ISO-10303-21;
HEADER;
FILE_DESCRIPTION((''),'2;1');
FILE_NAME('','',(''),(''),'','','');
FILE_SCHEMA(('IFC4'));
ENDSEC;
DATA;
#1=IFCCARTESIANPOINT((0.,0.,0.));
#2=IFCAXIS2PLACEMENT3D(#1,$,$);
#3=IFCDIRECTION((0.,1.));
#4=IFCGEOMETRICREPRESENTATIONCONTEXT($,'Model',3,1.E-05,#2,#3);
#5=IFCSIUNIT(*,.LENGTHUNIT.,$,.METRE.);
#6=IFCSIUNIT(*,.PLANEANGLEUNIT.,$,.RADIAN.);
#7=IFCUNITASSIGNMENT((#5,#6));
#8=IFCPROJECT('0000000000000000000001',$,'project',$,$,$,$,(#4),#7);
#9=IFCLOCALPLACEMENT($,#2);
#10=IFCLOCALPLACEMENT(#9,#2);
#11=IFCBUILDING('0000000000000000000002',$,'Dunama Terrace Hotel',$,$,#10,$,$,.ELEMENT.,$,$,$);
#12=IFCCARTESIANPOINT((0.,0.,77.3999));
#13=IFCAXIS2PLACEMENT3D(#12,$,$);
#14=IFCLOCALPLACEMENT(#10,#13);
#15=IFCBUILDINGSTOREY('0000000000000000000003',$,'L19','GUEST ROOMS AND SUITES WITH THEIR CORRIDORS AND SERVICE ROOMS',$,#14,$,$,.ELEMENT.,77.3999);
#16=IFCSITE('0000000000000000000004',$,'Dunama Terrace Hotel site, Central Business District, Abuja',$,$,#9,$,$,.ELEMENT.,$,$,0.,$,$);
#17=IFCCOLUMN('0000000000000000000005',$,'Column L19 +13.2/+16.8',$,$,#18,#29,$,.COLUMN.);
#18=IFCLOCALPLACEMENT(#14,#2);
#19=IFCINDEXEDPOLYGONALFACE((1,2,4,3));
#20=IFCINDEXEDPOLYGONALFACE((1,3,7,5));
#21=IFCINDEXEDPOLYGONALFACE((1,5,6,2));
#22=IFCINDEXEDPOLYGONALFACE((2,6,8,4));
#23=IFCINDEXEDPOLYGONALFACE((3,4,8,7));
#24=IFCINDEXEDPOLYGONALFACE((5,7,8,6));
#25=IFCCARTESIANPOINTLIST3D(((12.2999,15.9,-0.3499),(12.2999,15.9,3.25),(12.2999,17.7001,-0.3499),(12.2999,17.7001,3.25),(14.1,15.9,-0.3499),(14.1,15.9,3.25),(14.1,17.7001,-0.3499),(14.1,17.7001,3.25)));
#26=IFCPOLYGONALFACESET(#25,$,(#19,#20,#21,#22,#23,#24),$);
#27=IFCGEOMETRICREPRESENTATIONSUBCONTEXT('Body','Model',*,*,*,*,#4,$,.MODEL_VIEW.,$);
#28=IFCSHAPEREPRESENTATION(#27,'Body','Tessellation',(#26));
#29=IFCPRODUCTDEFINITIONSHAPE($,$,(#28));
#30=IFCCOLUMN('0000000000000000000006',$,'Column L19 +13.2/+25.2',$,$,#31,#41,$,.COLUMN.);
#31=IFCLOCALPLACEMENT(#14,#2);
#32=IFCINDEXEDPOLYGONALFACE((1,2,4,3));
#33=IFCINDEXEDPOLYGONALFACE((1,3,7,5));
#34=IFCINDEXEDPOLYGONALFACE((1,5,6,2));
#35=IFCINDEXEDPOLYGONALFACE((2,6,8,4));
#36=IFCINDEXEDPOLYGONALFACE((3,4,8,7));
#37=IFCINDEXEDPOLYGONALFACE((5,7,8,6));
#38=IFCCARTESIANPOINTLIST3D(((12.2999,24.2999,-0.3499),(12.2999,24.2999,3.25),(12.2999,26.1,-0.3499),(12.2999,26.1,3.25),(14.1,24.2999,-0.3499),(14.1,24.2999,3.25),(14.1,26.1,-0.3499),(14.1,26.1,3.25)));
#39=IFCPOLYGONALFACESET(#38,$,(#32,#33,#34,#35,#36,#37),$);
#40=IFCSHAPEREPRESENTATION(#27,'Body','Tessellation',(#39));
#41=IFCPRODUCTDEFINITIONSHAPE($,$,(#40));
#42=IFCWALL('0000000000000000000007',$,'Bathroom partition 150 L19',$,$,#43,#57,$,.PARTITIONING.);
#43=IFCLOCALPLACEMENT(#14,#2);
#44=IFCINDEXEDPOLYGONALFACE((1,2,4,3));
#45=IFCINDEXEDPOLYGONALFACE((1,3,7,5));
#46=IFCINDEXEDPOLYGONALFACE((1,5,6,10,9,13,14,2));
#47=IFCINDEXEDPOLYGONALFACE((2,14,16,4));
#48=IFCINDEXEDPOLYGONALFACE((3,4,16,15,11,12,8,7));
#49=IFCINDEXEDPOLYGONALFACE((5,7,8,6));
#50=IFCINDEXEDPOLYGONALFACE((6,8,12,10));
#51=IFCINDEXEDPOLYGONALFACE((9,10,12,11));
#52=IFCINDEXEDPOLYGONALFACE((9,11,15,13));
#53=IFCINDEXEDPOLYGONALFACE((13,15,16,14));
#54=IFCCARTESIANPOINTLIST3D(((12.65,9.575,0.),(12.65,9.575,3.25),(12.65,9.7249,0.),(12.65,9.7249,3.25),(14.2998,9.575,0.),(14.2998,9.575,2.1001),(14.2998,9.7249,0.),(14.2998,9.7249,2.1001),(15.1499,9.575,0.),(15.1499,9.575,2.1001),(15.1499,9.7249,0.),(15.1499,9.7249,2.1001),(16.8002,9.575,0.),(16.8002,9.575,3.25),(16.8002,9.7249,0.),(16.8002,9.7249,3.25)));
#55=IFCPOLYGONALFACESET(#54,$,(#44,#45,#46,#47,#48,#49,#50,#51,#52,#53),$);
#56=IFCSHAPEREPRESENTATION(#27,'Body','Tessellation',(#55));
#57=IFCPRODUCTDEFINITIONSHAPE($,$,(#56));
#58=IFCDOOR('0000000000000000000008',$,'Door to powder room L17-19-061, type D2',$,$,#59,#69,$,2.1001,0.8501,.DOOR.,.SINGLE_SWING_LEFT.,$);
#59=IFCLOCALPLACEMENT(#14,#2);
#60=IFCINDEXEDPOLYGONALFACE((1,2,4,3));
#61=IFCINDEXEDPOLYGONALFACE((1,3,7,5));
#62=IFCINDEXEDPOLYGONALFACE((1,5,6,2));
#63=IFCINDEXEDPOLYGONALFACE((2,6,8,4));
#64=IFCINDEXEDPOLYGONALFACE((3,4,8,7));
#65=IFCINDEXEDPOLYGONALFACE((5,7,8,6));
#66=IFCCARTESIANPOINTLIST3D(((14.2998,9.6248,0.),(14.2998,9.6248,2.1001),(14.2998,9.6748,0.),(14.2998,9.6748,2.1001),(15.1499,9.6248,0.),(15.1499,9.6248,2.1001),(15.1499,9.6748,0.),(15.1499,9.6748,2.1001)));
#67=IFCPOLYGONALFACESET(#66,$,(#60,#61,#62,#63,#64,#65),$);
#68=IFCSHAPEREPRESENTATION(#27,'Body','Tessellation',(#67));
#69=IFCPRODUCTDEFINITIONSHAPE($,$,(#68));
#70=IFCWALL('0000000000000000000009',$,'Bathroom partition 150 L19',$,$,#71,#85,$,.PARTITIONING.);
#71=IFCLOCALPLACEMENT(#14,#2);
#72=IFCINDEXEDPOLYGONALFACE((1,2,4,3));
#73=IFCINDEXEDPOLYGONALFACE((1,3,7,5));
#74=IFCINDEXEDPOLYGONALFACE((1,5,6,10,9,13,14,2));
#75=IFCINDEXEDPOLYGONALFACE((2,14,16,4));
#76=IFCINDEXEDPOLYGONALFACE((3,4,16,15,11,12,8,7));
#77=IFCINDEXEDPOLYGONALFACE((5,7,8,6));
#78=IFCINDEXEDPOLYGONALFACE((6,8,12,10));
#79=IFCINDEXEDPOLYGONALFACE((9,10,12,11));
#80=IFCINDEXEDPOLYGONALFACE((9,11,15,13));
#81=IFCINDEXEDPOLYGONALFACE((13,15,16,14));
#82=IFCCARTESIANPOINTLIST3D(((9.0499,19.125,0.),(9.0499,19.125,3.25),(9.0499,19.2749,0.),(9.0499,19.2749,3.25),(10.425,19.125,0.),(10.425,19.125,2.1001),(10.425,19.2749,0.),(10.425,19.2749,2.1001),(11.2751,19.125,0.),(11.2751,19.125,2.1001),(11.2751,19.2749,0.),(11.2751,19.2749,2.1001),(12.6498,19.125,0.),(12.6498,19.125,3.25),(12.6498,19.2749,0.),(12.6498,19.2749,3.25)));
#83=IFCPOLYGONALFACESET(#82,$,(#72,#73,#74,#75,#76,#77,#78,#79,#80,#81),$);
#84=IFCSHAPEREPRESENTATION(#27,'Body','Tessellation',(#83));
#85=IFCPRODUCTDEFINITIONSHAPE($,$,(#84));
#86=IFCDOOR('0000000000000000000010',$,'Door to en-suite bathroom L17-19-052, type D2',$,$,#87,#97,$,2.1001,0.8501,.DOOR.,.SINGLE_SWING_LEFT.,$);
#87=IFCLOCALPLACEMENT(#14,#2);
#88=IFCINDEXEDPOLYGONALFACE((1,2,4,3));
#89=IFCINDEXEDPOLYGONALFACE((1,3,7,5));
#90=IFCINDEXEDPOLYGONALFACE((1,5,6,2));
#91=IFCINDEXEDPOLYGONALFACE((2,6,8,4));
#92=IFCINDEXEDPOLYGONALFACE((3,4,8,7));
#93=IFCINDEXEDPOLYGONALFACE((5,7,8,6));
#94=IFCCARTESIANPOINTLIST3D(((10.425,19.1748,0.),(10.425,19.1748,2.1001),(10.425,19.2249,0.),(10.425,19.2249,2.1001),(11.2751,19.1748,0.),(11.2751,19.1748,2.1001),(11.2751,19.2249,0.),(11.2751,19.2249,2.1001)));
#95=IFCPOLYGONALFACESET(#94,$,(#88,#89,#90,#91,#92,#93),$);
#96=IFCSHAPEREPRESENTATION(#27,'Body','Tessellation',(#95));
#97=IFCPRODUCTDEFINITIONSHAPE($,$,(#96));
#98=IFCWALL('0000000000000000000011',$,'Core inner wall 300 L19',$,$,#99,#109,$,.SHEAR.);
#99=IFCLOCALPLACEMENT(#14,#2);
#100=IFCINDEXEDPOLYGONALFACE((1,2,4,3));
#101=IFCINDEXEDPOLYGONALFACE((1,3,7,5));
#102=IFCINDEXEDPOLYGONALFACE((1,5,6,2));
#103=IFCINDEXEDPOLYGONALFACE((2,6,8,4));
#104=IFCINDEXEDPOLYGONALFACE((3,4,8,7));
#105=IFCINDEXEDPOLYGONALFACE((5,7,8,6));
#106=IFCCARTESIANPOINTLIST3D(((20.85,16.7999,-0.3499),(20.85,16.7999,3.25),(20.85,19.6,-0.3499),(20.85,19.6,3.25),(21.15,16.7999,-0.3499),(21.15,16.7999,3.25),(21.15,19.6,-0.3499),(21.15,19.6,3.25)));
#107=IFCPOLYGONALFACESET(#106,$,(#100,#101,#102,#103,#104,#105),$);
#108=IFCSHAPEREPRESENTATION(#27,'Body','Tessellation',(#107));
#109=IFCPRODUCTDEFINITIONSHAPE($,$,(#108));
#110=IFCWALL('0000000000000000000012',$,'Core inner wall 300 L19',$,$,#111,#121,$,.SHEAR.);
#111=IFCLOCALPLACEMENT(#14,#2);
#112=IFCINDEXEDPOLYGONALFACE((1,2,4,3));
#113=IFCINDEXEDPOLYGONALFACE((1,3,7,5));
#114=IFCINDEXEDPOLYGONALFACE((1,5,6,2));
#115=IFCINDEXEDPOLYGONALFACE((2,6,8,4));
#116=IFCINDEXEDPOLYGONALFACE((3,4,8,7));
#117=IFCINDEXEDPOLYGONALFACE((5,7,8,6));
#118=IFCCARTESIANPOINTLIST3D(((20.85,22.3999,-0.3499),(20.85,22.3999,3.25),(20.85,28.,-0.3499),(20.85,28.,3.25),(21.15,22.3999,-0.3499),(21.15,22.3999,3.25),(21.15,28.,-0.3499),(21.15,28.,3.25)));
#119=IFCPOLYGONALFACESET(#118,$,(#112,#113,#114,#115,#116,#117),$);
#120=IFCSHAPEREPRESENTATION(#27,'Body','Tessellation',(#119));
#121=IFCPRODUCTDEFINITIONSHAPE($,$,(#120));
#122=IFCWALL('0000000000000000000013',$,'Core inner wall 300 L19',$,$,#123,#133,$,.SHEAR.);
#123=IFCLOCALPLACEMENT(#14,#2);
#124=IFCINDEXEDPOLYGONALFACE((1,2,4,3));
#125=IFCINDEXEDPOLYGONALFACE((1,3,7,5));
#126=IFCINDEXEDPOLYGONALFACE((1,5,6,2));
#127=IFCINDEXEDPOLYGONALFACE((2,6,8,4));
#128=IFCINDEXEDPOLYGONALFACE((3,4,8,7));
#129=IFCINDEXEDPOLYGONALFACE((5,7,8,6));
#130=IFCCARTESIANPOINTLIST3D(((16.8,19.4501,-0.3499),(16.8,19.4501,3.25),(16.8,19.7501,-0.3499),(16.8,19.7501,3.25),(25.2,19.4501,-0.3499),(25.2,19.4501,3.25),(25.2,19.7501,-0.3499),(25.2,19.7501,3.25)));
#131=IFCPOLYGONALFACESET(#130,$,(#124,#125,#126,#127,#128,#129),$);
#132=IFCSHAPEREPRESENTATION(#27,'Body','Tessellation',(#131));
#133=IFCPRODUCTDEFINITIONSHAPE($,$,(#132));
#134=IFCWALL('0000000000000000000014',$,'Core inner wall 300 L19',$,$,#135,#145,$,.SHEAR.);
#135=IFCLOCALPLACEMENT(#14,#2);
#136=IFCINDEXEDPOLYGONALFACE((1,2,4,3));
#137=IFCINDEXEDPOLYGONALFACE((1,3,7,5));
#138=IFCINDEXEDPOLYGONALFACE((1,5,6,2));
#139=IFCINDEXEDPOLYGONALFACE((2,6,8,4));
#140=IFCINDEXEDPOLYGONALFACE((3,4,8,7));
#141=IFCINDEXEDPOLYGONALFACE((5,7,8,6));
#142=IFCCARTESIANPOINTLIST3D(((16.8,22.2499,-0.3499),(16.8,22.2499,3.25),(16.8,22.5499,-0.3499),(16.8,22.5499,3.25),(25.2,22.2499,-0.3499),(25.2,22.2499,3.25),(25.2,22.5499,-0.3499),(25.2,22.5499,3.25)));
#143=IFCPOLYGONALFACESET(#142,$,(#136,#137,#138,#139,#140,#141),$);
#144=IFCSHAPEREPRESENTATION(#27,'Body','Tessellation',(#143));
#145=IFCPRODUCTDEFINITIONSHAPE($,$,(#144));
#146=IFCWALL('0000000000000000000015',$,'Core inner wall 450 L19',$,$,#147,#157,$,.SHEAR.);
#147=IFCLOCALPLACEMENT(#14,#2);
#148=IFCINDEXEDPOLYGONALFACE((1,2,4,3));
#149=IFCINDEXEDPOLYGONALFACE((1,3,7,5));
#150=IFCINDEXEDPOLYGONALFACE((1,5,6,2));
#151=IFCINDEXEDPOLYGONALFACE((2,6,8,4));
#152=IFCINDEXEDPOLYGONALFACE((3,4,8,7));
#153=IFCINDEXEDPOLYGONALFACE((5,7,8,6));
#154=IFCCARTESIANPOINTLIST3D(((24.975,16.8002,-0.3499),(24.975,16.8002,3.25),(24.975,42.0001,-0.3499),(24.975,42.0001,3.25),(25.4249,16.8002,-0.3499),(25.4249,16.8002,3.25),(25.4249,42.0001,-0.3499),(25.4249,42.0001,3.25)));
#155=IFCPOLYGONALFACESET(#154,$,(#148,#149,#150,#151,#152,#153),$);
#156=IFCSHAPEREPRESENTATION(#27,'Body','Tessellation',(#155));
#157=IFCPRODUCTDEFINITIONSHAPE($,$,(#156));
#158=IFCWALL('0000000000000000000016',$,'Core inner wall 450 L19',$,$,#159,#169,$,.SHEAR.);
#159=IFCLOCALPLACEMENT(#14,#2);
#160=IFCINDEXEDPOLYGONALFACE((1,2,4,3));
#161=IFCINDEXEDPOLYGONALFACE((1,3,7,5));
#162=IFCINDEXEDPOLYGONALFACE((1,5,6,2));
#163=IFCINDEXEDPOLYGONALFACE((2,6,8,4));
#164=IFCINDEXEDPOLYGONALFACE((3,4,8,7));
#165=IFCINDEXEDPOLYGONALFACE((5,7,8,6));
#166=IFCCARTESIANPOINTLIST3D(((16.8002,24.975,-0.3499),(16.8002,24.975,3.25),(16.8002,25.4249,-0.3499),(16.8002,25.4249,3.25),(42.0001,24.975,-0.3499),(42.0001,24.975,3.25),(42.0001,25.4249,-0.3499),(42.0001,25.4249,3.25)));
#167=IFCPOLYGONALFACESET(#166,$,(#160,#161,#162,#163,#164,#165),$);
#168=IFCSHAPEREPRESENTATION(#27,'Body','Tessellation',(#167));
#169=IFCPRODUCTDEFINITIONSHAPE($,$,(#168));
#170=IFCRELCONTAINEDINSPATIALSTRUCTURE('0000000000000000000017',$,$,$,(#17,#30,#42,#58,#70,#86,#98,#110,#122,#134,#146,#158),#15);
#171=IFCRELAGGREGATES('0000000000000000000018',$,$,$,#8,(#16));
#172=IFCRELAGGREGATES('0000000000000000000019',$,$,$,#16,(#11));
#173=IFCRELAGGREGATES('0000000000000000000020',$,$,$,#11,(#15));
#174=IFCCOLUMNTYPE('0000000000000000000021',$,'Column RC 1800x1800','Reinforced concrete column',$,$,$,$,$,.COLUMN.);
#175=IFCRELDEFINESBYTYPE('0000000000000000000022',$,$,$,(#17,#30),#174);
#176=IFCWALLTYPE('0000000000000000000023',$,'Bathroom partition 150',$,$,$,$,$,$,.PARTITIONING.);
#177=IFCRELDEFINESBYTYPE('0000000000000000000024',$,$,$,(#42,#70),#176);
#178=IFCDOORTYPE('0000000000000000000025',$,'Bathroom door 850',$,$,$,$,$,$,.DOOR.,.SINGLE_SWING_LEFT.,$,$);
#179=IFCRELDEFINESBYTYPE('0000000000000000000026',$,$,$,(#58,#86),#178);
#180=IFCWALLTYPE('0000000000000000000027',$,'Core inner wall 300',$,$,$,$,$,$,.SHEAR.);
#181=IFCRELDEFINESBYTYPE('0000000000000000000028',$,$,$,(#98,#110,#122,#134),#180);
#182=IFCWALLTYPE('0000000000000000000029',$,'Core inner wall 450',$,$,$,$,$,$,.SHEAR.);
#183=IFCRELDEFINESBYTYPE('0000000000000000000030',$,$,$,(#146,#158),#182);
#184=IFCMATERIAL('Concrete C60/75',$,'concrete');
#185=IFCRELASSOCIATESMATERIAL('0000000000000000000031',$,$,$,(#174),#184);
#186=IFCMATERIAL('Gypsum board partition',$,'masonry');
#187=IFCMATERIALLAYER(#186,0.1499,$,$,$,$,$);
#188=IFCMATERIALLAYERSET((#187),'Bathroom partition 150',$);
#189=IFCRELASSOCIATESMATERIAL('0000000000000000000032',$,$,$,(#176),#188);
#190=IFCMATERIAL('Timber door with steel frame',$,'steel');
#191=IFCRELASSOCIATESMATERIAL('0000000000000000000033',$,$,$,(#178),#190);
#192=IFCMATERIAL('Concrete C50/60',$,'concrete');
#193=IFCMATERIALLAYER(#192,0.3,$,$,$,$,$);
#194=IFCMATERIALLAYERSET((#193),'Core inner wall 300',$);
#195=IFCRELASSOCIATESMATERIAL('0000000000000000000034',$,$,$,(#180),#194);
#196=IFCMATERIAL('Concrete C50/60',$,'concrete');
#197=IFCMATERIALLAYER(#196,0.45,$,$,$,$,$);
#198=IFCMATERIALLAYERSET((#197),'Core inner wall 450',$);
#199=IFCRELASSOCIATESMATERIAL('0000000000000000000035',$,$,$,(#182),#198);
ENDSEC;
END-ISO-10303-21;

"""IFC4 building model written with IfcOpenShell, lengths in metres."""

from ifc_helpers import new_model, si_unit, direction, frame, frame_2d, origin, origin_2d, place, context, subcontext, project, spatial, rectangle, extrude, material, layer, layer_set, material_profile, profile_set, type_object, element, fill, save


model = new_model("IFC4")

# Units and contexts
model_context = context("Model", 3, precision=1e-05, world=origin(), true_north=direction((0.0, 1.0)))
body_context = subcontext(model_context, "Body", "Model", "MODEL_VIEW")
ifc_project = project(units=[si_unit("LENGTHUNIT", "METRE"), si_unit("PLANEANGLEUNIT", "RADIAN")], contexts=[model_context])

# Site, building, storey
site_placement = place(None, origin())
site = spatial("IfcSite", under=ifc_project, at=site_placement, Name="Dunama Terrace Hotel site, Central Business District, Abuja", CompositionType="ELEMENT", RefElevation=0.0)
building_placement = place(site_placement, origin())
building = spatial("IfcBuilding", under=site, at=building_placement, Name="Dunama Terrace Hotel", CompositionType="ELEMENT")
storey_placement = place(building_placement, frame((0.0, 0.0, 77.3999)))
storey = spatial("IfcBuildingStorey", under=building, at=storey_placement, Name="L19", Description="GUEST ROOMS AND SUITES WITH THEIR CORRIDORS AND SERVICE ROOMS", CompositionType="ELEMENT", Elevation=77.3999)

# Columns
ifc_material_1 = material(Name="Concrete C60/75", Category="concrete")
ifc_material_profile = material_profile(ifc_material_1, rectangle(XDim=1.8, YDim=1.8, at=origin_2d()), Name="RC 1800x1800")
ifc_profile_set = profile_set([ifc_material_profile], Name="Concrete C60/75")
column_type = type_object("IfcColumnType", Name="Column RC 1800x1800", Description="Reinforced concrete column", PredefinedType="COLUMN", material=ifc_profile_set)
for number, where, z_axis, x_axis, name in (
    (1, (13.2, 16.8, -0.3499), (0.0, 0.0, 1.0), (1.0, 0.0, 0.0), "Column L19 +13.2/+16.8"),
    (2, (13.2, 25.2, -0.3499), (0.0, 0.0, 1.0), (1.0, 0.0, 0.0), "Column L19 +13.2/+25.2"),
):
    element("IfcColumn", number, at=place(storey_placement, frame(where, z_axis=z_axis, x_axis=x_axis)), inside=storey, type_object=column_type, Name=name, PredefinedType="COLUMN", context=body_context, shape_type="SweptSolid", body=[
        extrude(rectangle(XDim=1.8, YDim=1.8, at=origin_2d()), origin(), (0.0, 0.0, 1.0), 3.5999),
    ])

# Walls, openings, doors
ifc_material_2 = material(Name="Gypsum board partition", Category="masonry")
ifc_layer_1 = layer(ifc_material_2, 0.1499)
ifc_layer_set_1 = layer_set([ifc_layer_1], Name="Bathroom partition 150")
wall_type_1 = type_object("IfcWallType", Name="Bathroom partition 150", PredefinedType="PARTITIONING", material=ifc_layer_set_1)
wall_1_placement = place(storey_placement, frame((12.6499, 9.6499, 0.0), z_axis=(0.0, 0.0, 1.0), x_axis=(1.0, 0.0, 0.0)))
wall_1 = element("IfcWall", 3, at=wall_1_placement, inside=storey, type_object=wall_type_1, Name="Bathroom partition 150 L19", PredefinedType="PARTITIONING", context=body_context, shape_type="SweptSolid", body=[
    extrude(rectangle(XDim=4.1501, YDim=0.1499, at=frame_2d((2.0752, 0.0))), origin(), (0.0, 0.0, 1.0), 3.25),
])
opening_1_placement = place(wall_1_placement, frame((1.6499, 0.0, 0.0)))
opening_1 = element("IfcOpeningElement", 4, at=opening_1_placement, cuts=wall_1, PredefinedType="OPENING", context=body_context, shape_type="SweptSolid", body=[
    extrude(rectangle(XDim=0.8501, YDim=2.1001, at=frame_2d((0.425, 1.05))), frame((0.0, 0.085, 0.0), z_axis=(0.0, -1.0, 0.0), x_axis=(1.0, 0.0, 0.0)), (0.0, 0.0, 1.0), 0.1699),
])
ifc_material_3 = material(Name="Timber door with steel frame", Category="steel")
door_type_1 = type_object("IfcDoorType", Name="Bathroom door 850", OperationType="SINGLE_SWING_LEFT", PredefinedType="DOOR", material=ifc_material_3)
door_1_placement = place(opening_1_placement, origin())
door_1 = element("IfcDoor", 5, at=door_1_placement, inside=storey, type_object=door_type_1, Name="Door to powder room L17-19-061, type D2", OperationType="SINGLE_SWING_LEFT", OverallHeight=2.1001, OverallWidth=0.8501, PredefinedType="DOOR", context=body_context, shape_type="SweptSolid", body=[
    extrude(rectangle(XDim=0.8501, YDim=2.1001, at=frame_2d((0.425, 1.05))), frame((0.0, 0.0249, 0.0), z_axis=(0.0, -1.0, 0.0), x_axis=(1.0, 0.0, 0.0)), (0.0, 0.0, 1.0), 0.05),
])
fill(opening_1, door_1)
wall_2_placement = place(storey_placement, frame((9.05, 19.2, 0.0), z_axis=(0.0, 0.0, 1.0), x_axis=(1.0, 0.0, 0.0)))
wall_2 = element("IfcWall", 6, at=wall_2_placement, inside=storey, type_object=wall_type_1, Name="Bathroom partition 150 L19", PredefinedType="PARTITIONING", context=body_context, shape_type="SweptSolid", body=[
    extrude(rectangle(XDim=3.5999, YDim=0.1499, at=frame_2d((1.7998, 0.0))), origin(), (0.0, 0.0, 1.0), 3.25),
])
opening_2_placement = place(wall_2_placement, frame((1.375, 0.0, 0.0)))
opening_2 = element("IfcOpeningElement", 7, at=opening_2_placement, cuts=wall_2, PredefinedType="OPENING", context=body_context, shape_type="SweptSolid", body=[
    extrude(rectangle(XDim=0.8501, YDim=2.1001, at=frame_2d((0.425, 1.05))), frame((0.0, 0.085, 0.0), z_axis=(0.0, -1.0, 0.0), x_axis=(1.0, 0.0, 0.0)), (0.0, 0.0, 1.0), 0.1699),
])
door_2_placement = place(opening_2_placement, frame((0.8501, 0.0, 0.0), z_axis=(0.0, 0.0, 1.0), x_axis=(-1.0, 0.0, 0.0)))
door_2 = element("IfcDoor", 8, at=door_2_placement, inside=storey, type_object=door_type_1, Name="Door to en-suite bathroom L17-19-052, type D2", OperationType="SINGLE_SWING_LEFT", OverallHeight=2.1001, OverallWidth=0.8501, PredefinedType="DOOR", context=body_context, shape_type="SweptSolid", body=[
    extrude(rectangle(XDim=0.8501, YDim=2.1001, at=frame_2d((0.425, 1.05))), frame((0.0, 0.0251, 0.0), z_axis=(0.0, -1.0, 0.0), x_axis=(1.0, 0.0, 0.0)), (0.0, 0.0, 1.0), 0.05),
])
fill(opening_2, door_2)

# Walls
ifc_material_4 = material(Name="Concrete C50/60", Category="concrete")
ifc_layer_2 = layer(ifc_material_4, 0.3)
ifc_layer_set_2 = layer_set([ifc_layer_2], Name="Core inner wall 300")
wall_type_2 = type_object("IfcWallType", Name="Core inner wall 300", PredefinedType="SHEAR", material=ifc_layer_set_2)
wall_3_placement = place(storey_placement, frame((21.0, 16.8, -0.3499), z_axis=(0.0, 0.0, 1.0), x_axis=(0.0, 1.0, 0.0)))
element("IfcWall", 9, at=wall_3_placement, inside=storey, type_object=wall_type_2, Name="Core inner wall 300 L19", PredefinedType="SHEAR", context=body_context, shape_type="SweptSolid", body=[
    extrude(rectangle(XDim=2.8, YDim=0.3, at=frame_2d((1.3999, 0.0))), origin(), (0.0, 0.0, 1.0), 3.5999),
])
wall_4_placement = place(storey_placement, frame((21.0, 22.3999, -0.3499), z_axis=(0.0, 0.0, 1.0), x_axis=(0.0, 1.0, 0.0)))
element("IfcWall", 10, at=wall_4_placement, inside=storey, type_object=wall_type_2, Name="Core inner wall 300 L19", PredefinedType="SHEAR", context=body_context, shape_type="SweptSolid", body=[
    extrude(rectangle(XDim=5.6001, YDim=0.3, at=frame_2d((2.8, 0.0))), origin(), (0.0, 0.0, 1.0), 3.5999),
])
for number, where, z_axis, x_axis, name in (
    (11, (16.8, 19.6001, -0.3499), (0.0, 0.0, 1.0), (1.0, 0.0, 0.0), "Core inner wall 300 L19"),
    (12, (16.8, 22.3999, -0.3499), (0.0, 0.0, 1.0), (1.0, 0.0, 0.0), "Core inner wall 300 L19"),
):
    element("IfcWall", number, at=place(storey_placement, frame(where, z_axis=z_axis, x_axis=x_axis)), inside=storey, type_object=wall_type_2, Name=name, PredefinedType="SHEAR", context=body_context, shape_type="SweptSolid", body=[
        extrude(rectangle(XDim=8.3999, YDim=0.3, at=frame_2d((4.2, 0.0))), origin(), (0.0, 0.0, 1.0), 3.5999),
    ])
ifc_material_5 = material(Name="Concrete C50/60", Category="concrete")
ifc_layer_3 = layer(ifc_material_5, 0.45)
ifc_layer_set_3 = layer_set([ifc_layer_3], Name="Core inner wall 450")
wall_type_3 = type_object("IfcWallType", Name="Core inner wall 450", PredefinedType="SHEAR", material=ifc_layer_set_3)
for number, where, z_axis, x_axis, name in (
    (13, (25.2, 16.8, -0.3499), (0.0, 0.0, 1.0), (0.0, 1.0, 0.0), "Core inner wall 450 L19"),
    (14, (16.8, 25.2, -0.3499), (0.0, 0.0, 1.0), (1.0, 0.0, 0.0), "Core inner wall 450 L19"),
):
    element("IfcWall", number, at=place(storey_placement, frame(where, z_axis=z_axis, x_axis=x_axis)), inside=storey, type_object=wall_type_3, Name=name, PredefinedType="SHEAR", context=body_context, shape_type="SweptSolid", body=[
        extrude(rectangle(XDim=25.2, YDim=0.45, at=frame_2d((12.6001, 0.0))), origin(), (0.0, 0.0, 1.0), 3.5999),
    ])

save(model, "model.ifc")
